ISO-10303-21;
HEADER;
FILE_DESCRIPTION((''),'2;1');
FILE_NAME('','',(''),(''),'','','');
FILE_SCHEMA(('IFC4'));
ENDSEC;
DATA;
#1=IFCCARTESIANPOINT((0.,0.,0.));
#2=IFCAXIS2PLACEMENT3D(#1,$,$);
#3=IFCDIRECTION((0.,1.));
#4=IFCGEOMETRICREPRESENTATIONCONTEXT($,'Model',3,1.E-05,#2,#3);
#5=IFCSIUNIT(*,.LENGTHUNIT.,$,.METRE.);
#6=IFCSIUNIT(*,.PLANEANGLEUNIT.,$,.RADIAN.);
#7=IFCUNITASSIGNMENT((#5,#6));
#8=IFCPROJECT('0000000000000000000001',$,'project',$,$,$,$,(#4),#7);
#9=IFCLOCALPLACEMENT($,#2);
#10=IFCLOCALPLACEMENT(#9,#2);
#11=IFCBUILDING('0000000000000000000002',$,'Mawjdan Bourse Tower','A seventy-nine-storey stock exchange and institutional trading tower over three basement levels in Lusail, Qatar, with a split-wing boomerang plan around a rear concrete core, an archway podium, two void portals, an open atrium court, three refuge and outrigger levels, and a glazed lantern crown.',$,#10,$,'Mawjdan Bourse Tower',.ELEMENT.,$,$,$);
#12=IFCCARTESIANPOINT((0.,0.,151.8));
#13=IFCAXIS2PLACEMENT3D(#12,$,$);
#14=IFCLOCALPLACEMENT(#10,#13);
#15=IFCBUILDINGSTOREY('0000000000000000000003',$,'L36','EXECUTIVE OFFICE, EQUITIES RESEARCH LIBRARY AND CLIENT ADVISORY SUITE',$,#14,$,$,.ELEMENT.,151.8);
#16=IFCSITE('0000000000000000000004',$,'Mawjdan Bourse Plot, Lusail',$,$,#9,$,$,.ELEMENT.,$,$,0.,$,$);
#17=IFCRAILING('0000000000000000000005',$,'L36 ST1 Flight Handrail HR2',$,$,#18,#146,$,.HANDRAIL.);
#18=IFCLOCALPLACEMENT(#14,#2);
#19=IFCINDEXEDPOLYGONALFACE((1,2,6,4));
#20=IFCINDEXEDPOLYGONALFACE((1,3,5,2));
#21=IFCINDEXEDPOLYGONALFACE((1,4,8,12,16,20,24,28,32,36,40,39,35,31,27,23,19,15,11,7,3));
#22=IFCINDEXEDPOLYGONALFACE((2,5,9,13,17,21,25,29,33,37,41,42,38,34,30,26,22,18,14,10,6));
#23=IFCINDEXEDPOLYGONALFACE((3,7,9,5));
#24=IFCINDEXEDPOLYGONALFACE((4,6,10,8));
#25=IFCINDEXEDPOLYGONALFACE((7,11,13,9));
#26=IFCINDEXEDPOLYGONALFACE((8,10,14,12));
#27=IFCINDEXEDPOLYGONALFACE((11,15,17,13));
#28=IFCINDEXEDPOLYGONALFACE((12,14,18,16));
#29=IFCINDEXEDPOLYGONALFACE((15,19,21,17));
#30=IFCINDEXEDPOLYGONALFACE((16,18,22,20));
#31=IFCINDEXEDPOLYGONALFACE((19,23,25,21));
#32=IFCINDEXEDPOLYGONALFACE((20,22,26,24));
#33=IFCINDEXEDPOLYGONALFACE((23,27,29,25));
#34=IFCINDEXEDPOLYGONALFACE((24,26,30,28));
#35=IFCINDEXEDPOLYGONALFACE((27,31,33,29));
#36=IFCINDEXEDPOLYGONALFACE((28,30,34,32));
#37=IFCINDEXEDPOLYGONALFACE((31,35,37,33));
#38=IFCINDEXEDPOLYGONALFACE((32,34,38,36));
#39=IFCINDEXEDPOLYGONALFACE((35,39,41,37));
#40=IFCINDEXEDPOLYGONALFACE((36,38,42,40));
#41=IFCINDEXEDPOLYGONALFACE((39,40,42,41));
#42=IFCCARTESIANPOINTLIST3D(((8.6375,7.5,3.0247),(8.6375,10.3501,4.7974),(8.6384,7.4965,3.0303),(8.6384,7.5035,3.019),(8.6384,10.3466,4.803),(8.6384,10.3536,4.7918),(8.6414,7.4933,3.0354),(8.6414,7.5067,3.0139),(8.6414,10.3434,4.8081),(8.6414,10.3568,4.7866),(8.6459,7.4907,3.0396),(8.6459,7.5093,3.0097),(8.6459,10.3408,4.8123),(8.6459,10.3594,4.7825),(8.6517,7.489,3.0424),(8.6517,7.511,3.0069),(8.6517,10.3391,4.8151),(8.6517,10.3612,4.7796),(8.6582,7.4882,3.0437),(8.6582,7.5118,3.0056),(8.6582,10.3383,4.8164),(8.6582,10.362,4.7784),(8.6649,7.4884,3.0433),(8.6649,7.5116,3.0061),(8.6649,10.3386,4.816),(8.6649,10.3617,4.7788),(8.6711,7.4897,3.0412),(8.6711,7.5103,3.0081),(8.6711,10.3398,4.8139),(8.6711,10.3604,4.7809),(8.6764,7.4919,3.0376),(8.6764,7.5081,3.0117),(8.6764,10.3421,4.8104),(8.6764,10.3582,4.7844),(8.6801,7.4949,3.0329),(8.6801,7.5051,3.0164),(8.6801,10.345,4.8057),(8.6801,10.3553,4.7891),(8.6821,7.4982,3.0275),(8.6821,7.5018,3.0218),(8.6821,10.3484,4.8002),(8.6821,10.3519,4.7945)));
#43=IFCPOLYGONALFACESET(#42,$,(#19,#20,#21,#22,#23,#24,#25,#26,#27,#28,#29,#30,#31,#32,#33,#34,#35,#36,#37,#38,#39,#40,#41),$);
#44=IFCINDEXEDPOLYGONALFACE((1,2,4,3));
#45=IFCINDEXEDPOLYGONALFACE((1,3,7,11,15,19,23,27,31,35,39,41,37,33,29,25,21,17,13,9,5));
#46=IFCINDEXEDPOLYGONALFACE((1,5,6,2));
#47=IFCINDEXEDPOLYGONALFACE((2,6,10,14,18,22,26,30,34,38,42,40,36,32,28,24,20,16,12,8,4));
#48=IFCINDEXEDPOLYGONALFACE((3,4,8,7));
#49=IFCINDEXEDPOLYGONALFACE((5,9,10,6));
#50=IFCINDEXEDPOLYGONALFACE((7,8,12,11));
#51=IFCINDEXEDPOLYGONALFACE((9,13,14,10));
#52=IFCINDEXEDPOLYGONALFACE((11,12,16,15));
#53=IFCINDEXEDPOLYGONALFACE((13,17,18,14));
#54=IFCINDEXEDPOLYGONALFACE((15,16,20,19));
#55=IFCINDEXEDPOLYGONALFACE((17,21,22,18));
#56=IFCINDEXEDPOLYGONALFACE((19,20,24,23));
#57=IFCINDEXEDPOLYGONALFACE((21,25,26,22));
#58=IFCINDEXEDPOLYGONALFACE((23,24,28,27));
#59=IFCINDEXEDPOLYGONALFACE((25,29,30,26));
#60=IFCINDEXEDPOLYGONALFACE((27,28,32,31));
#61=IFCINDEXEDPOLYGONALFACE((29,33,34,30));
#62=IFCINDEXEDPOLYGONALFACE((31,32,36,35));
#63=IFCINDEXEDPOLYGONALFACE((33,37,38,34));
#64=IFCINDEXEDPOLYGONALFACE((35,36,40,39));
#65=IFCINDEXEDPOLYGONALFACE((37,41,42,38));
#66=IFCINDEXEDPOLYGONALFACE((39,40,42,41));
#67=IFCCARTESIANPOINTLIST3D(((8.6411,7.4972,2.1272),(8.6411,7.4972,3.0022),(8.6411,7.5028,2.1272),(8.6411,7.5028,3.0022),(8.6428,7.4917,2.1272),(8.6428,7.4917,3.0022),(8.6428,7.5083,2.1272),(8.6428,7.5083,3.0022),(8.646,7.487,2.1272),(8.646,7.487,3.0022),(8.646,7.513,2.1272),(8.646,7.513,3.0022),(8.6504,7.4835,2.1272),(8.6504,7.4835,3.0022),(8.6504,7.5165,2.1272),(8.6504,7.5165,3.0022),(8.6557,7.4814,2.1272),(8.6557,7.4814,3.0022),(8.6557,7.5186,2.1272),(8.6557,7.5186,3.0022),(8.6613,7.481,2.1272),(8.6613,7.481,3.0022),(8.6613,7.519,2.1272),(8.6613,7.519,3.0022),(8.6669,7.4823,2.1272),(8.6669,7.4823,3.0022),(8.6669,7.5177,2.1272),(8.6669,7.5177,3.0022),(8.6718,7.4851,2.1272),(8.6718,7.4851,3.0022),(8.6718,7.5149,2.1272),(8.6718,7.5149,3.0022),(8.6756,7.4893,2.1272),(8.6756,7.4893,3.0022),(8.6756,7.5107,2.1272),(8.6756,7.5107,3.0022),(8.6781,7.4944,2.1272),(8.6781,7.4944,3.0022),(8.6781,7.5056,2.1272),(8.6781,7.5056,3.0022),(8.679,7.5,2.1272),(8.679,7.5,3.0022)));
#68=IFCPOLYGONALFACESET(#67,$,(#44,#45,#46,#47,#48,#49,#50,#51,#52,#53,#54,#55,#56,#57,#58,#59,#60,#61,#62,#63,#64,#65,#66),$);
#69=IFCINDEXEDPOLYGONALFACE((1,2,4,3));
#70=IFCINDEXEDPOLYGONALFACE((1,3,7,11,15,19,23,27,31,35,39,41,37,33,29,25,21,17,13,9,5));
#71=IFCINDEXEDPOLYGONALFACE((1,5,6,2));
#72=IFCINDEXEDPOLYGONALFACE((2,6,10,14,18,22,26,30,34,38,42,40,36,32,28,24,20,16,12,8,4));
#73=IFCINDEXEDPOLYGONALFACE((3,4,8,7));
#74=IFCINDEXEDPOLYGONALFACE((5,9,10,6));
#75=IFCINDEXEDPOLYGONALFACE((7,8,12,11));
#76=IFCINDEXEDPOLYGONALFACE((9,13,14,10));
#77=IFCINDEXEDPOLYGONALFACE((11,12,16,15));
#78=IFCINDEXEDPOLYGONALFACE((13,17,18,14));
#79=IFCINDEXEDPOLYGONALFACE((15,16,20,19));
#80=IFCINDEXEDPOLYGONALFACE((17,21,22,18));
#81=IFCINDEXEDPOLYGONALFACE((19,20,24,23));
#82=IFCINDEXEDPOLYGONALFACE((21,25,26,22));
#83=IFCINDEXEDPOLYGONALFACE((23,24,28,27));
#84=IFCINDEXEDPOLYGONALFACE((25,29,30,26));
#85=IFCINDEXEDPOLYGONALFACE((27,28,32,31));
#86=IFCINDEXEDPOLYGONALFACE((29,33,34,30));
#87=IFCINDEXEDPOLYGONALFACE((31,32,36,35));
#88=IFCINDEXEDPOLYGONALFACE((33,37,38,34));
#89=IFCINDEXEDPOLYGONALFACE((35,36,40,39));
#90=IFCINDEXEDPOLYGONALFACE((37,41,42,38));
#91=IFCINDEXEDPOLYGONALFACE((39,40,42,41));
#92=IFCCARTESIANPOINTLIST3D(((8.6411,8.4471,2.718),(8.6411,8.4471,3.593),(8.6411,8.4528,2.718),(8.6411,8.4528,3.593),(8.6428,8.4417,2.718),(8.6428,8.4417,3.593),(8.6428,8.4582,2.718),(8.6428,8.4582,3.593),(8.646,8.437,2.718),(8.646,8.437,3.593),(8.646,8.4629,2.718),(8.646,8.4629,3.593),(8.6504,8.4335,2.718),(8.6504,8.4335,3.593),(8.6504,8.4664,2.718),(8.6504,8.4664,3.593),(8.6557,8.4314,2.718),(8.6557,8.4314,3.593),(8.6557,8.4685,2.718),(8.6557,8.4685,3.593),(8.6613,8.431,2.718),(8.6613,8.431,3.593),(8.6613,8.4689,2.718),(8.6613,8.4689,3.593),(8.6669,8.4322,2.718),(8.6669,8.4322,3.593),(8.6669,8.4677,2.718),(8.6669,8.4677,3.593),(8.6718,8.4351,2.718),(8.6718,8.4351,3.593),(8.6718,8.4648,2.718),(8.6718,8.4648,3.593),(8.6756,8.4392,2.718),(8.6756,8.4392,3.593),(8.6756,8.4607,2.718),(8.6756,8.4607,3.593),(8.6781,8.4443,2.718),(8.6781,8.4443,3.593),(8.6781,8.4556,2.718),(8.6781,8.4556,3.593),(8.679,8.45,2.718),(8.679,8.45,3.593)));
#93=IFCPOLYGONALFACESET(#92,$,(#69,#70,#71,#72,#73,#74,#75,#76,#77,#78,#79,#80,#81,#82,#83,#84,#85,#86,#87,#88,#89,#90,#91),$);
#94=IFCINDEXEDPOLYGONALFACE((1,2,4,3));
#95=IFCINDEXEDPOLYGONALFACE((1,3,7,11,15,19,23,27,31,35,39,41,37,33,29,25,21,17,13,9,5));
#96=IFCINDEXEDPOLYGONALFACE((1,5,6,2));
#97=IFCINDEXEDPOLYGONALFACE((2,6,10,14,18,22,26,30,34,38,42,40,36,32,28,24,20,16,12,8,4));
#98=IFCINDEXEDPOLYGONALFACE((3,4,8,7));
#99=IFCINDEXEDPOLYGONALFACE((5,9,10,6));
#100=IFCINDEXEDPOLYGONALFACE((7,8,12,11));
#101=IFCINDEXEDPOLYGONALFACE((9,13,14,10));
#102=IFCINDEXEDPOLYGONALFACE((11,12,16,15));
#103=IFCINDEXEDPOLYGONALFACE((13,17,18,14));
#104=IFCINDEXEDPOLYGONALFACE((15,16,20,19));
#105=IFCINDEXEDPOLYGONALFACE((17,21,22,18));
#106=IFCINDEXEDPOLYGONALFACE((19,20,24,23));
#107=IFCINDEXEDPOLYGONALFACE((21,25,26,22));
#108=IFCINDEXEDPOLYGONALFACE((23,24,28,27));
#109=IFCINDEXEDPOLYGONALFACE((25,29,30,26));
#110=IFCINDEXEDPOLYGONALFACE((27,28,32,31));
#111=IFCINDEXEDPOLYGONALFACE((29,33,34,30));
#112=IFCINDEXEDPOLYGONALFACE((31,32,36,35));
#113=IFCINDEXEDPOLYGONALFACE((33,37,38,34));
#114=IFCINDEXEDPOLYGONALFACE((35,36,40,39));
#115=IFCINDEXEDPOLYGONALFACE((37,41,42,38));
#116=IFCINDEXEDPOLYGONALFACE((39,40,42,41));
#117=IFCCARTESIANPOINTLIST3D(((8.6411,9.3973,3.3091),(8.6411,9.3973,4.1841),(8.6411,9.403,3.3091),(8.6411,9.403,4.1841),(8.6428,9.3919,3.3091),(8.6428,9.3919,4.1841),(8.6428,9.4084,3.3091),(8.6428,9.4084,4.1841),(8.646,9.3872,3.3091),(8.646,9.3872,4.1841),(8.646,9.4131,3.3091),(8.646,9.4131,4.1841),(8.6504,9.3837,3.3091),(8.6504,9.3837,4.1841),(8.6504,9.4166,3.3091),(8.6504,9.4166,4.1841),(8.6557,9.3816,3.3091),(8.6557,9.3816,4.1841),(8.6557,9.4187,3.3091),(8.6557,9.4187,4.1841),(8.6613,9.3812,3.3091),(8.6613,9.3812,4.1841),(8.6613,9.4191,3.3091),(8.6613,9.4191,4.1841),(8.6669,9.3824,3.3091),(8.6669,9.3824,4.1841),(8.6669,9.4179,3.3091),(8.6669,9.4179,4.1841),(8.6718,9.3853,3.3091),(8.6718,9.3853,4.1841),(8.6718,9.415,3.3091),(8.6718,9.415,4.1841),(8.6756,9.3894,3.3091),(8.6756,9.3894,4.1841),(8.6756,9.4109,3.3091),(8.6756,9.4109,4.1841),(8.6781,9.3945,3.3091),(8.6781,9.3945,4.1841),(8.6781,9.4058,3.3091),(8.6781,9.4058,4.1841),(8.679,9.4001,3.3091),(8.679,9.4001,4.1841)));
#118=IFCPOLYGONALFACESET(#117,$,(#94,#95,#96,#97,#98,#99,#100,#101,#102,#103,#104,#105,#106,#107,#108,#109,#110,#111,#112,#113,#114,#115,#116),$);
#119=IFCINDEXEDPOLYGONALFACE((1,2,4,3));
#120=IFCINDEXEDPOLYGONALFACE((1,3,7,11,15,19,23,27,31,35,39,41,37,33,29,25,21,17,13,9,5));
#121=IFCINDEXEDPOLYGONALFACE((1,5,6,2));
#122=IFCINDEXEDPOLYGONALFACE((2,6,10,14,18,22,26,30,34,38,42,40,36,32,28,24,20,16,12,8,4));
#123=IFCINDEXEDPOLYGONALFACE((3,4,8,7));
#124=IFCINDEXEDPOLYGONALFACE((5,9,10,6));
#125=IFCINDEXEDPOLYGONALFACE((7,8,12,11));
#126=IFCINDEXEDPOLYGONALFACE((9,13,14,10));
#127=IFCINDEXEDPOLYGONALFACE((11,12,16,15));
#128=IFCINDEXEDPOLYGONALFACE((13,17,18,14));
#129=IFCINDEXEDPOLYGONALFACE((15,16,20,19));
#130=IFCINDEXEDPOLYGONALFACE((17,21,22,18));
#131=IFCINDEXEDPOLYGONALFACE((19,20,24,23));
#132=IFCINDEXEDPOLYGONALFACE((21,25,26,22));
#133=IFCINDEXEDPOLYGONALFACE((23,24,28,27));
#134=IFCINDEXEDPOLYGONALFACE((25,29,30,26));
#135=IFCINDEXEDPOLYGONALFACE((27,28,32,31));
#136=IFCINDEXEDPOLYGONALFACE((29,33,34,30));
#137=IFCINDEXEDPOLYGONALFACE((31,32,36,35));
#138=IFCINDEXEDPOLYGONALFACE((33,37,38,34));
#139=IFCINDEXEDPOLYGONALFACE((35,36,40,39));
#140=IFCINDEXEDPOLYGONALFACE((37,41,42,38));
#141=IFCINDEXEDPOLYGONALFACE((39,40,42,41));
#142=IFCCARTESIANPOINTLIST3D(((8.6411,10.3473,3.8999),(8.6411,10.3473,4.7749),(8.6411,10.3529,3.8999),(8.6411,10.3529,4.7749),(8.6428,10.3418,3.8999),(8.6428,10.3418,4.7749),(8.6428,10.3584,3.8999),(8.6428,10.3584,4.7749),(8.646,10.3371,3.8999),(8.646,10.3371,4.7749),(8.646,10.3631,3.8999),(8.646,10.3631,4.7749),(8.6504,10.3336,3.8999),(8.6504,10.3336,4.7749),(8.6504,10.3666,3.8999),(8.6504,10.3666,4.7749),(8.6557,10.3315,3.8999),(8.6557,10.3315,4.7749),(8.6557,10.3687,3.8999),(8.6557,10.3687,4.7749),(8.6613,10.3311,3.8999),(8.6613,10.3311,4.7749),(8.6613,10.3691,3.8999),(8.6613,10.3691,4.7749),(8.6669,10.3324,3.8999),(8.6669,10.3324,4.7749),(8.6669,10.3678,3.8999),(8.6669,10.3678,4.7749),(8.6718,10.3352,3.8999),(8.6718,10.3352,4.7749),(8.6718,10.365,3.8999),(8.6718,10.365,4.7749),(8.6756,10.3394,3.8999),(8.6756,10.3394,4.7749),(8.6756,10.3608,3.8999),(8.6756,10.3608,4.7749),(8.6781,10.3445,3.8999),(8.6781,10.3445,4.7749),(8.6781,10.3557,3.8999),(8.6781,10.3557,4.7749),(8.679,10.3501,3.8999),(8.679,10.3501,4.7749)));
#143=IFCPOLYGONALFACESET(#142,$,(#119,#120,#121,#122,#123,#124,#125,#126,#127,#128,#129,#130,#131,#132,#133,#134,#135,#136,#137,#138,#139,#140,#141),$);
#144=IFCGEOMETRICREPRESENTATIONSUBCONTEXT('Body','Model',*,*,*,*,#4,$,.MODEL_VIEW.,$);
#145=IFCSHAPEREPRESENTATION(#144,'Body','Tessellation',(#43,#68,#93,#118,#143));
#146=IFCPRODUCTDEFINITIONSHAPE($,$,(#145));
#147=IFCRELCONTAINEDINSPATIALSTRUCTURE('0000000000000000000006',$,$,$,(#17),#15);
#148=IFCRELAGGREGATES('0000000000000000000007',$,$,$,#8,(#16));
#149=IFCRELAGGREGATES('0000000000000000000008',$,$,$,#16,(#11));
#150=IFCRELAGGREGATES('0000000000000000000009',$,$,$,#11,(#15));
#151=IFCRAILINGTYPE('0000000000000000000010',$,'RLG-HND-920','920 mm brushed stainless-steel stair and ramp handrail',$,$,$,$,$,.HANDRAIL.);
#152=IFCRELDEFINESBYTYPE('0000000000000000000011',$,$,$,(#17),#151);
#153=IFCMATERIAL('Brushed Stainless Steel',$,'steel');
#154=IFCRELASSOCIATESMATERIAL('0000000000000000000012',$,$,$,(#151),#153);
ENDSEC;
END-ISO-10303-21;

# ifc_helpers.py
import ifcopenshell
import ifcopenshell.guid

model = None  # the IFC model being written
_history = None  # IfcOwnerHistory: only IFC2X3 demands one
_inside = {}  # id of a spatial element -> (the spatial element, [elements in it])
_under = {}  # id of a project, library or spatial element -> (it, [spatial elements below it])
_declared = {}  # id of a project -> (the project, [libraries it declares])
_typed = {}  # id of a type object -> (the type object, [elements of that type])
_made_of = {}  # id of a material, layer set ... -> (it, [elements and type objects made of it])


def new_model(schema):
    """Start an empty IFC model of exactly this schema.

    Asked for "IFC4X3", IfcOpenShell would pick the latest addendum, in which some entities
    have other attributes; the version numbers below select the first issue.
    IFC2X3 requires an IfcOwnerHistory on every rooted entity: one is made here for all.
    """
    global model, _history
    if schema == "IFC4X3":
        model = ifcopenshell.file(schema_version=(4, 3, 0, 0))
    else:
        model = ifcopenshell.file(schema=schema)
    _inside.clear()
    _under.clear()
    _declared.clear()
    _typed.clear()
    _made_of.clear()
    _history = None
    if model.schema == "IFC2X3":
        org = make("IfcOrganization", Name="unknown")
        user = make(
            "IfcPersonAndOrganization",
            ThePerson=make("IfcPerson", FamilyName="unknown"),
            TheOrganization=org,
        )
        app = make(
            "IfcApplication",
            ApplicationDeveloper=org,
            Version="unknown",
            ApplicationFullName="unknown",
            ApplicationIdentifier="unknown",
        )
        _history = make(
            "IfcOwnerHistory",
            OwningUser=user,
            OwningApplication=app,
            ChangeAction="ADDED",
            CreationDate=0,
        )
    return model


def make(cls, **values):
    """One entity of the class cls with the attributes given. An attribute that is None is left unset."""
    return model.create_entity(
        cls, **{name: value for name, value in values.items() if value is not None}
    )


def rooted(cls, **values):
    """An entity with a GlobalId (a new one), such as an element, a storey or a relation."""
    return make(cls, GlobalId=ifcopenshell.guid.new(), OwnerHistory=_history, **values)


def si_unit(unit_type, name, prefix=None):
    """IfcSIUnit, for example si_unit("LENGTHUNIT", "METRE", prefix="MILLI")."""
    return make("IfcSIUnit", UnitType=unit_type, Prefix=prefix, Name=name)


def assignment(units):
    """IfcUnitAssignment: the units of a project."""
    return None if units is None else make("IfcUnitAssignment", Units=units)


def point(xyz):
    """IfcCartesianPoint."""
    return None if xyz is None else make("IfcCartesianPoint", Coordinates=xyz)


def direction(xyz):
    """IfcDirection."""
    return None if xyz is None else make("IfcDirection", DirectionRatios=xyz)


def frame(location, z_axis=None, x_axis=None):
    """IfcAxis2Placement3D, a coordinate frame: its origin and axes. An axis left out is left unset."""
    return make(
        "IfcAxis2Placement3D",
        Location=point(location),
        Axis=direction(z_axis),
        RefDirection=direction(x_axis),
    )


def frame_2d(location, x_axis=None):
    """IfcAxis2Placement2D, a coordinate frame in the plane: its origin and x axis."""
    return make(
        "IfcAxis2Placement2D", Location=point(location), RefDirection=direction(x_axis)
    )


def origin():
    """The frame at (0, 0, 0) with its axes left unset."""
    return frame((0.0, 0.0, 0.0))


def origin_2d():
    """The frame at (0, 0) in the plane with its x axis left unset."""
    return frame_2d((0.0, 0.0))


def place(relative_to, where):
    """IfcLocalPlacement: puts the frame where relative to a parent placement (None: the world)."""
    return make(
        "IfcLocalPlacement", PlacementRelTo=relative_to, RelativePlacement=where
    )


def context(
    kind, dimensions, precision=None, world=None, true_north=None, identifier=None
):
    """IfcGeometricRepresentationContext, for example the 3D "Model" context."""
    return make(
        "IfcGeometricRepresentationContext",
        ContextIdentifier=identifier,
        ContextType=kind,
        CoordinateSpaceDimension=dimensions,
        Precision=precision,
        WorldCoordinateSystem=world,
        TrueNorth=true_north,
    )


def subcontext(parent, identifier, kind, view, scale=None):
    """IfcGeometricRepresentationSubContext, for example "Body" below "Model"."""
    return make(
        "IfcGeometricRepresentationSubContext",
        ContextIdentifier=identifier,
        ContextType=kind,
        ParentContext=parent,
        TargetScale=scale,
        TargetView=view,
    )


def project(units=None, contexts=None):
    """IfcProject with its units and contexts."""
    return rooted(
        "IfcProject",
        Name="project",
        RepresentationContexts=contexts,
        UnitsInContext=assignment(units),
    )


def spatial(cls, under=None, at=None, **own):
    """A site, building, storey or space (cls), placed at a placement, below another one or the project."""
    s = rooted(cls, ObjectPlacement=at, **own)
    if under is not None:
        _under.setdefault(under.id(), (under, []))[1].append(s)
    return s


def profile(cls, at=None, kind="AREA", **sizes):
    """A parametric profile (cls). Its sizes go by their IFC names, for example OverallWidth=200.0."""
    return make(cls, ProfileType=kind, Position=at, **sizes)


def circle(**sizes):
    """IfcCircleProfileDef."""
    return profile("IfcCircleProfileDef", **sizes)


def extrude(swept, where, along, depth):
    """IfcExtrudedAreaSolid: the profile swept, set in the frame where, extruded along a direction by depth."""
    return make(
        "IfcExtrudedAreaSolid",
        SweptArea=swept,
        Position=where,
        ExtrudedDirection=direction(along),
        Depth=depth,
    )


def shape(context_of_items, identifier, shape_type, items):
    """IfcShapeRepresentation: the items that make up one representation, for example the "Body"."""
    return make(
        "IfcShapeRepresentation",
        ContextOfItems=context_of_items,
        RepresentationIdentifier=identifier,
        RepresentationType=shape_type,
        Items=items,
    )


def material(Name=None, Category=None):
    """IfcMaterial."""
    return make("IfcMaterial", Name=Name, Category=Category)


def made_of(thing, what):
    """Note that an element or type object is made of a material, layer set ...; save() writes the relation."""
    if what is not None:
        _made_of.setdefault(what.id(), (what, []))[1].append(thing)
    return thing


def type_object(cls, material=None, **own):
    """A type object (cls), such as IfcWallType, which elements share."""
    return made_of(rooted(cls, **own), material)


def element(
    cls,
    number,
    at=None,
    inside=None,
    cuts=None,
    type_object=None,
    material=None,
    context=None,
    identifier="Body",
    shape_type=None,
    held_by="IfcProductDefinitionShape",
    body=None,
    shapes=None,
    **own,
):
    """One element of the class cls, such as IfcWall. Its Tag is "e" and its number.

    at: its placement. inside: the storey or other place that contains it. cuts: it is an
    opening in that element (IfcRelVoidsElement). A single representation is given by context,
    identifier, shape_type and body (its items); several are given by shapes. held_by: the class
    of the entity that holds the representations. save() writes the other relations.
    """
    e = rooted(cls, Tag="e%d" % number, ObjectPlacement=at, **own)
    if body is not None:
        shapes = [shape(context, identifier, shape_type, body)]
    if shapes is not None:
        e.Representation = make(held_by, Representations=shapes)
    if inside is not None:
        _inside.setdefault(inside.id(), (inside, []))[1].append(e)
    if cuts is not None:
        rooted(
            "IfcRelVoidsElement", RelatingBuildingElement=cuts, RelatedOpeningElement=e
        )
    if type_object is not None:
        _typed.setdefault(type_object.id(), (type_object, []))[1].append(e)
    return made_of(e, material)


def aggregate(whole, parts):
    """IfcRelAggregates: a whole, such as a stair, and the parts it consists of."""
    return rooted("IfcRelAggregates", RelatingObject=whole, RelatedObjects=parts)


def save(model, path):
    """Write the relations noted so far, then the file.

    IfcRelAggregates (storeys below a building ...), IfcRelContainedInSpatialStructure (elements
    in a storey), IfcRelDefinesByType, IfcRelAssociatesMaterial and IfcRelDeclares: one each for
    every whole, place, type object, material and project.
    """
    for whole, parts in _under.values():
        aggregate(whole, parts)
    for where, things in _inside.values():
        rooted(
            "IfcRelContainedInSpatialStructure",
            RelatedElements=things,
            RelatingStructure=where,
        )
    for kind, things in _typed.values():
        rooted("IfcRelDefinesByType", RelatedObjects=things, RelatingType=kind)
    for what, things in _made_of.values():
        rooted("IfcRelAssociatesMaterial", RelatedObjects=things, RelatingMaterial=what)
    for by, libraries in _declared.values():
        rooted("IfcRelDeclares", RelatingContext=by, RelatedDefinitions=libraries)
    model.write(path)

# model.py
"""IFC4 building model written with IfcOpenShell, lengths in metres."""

from ifc_helpers import new_model, si_unit, direction, frame, origin, origin_2d, place, context, subcontext, project, spatial, circle, extrude, material, type_object, element, save


model = new_model("IFC4")

# Units and contexts
model_context = context("Model", 3, precision=1e-05, world=origin(), true_north=direction((0.0, 1.0)))
body_context = subcontext(model_context, "Body", "Model", "MODEL_VIEW")
ifc_project = project(units=[si_unit("LENGTHUNIT", "METRE"), si_unit("PLANEANGLEUNIT", "RADIAN")], contexts=[model_context])

# Site, building, storey
site_placement = place(None, origin())
site = spatial("IfcSite", under=ifc_project, at=site_placement, Name="Mawjdan Bourse Plot, Lusail", CompositionType="ELEMENT", RefElevation=0.0)
building_placement = place(site_placement, origin())
building = spatial("IfcBuilding", under=site, at=building_placement, Name="Mawjdan Bourse Tower", Description="A seventy-nine-storey stock exchange and institutional trading tower over three basement levels in Lusail, Qatar, with a split-wing boomerang plan around a rear concrete core, an archway podium, two void portals, an open atrium court, three refuge and outrigger levels, and a glazed lantern crown.", LongName="Mawjdan Bourse Tower", CompositionType="ELEMENT")
storey_placement = place(building_placement, frame((0.0, 0.0, 151.8)))
storey = spatial("IfcBuildingStorey", under=building, at=storey_placement, Name="L36", Description="EXECUTIVE OFFICE, EQUITIES RESEARCH LIBRARY AND CLIENT ADVISORY SUITE", CompositionType="ELEMENT", Elevation=151.8)

# Shared definitions
ifc_material_1 = material(Name="Brushed Stainless Steel", Category="steel")

# Railing
railing_type_1 = type_object("IfcRailingType", Name="RLG-HND-920", Description="920 mm brushed stainless-steel stair and ramp handrail", PredefinedType="HANDRAIL", material=ifc_material_1)
railing_placement = place(storey_placement, frame((8.6599, 7.5, 2.1272)))
element("IfcRailing", 1, at=railing_placement, inside=storey, type_object=railing_type_1, Name="L36 ST1 Flight Handrail HR2", PredefinedType="HANDRAIL", context=body_context, shape_type="SweptSolid", body=[
    extrude(circle(Radius=0.0225, at=origin_2d()), frame((0.0, 0.0, 0.8975), z_axis=(0.0, 0.849149, 0.528154), x_axis=(-1.0, 0.0, 0.0)), (0.0, 0.0, 1.0), 3.3564),
    extrude(circle(Radius=0.019, at=origin_2d()), origin(), (0.0, 0.0, 1.0), 0.875),
    extrude(circle(Radius=0.019, at=origin_2d()), frame((0.0, 0.95, 0.5908)), (0.0, 0.0, 1.0), 0.875),
    extrude(circle(Radius=0.019, at=origin_2d()), frame((0.0, 1.9001, 1.1819)), (0.0, 0.0, 1.0), 0.875),
    extrude(circle(Radius=0.019, at=origin_2d()), frame((0.0, 2.8501, 1.7727)), (0.0, 0.0, 1.0), 0.875),
])

save(model, "model.ifc")
